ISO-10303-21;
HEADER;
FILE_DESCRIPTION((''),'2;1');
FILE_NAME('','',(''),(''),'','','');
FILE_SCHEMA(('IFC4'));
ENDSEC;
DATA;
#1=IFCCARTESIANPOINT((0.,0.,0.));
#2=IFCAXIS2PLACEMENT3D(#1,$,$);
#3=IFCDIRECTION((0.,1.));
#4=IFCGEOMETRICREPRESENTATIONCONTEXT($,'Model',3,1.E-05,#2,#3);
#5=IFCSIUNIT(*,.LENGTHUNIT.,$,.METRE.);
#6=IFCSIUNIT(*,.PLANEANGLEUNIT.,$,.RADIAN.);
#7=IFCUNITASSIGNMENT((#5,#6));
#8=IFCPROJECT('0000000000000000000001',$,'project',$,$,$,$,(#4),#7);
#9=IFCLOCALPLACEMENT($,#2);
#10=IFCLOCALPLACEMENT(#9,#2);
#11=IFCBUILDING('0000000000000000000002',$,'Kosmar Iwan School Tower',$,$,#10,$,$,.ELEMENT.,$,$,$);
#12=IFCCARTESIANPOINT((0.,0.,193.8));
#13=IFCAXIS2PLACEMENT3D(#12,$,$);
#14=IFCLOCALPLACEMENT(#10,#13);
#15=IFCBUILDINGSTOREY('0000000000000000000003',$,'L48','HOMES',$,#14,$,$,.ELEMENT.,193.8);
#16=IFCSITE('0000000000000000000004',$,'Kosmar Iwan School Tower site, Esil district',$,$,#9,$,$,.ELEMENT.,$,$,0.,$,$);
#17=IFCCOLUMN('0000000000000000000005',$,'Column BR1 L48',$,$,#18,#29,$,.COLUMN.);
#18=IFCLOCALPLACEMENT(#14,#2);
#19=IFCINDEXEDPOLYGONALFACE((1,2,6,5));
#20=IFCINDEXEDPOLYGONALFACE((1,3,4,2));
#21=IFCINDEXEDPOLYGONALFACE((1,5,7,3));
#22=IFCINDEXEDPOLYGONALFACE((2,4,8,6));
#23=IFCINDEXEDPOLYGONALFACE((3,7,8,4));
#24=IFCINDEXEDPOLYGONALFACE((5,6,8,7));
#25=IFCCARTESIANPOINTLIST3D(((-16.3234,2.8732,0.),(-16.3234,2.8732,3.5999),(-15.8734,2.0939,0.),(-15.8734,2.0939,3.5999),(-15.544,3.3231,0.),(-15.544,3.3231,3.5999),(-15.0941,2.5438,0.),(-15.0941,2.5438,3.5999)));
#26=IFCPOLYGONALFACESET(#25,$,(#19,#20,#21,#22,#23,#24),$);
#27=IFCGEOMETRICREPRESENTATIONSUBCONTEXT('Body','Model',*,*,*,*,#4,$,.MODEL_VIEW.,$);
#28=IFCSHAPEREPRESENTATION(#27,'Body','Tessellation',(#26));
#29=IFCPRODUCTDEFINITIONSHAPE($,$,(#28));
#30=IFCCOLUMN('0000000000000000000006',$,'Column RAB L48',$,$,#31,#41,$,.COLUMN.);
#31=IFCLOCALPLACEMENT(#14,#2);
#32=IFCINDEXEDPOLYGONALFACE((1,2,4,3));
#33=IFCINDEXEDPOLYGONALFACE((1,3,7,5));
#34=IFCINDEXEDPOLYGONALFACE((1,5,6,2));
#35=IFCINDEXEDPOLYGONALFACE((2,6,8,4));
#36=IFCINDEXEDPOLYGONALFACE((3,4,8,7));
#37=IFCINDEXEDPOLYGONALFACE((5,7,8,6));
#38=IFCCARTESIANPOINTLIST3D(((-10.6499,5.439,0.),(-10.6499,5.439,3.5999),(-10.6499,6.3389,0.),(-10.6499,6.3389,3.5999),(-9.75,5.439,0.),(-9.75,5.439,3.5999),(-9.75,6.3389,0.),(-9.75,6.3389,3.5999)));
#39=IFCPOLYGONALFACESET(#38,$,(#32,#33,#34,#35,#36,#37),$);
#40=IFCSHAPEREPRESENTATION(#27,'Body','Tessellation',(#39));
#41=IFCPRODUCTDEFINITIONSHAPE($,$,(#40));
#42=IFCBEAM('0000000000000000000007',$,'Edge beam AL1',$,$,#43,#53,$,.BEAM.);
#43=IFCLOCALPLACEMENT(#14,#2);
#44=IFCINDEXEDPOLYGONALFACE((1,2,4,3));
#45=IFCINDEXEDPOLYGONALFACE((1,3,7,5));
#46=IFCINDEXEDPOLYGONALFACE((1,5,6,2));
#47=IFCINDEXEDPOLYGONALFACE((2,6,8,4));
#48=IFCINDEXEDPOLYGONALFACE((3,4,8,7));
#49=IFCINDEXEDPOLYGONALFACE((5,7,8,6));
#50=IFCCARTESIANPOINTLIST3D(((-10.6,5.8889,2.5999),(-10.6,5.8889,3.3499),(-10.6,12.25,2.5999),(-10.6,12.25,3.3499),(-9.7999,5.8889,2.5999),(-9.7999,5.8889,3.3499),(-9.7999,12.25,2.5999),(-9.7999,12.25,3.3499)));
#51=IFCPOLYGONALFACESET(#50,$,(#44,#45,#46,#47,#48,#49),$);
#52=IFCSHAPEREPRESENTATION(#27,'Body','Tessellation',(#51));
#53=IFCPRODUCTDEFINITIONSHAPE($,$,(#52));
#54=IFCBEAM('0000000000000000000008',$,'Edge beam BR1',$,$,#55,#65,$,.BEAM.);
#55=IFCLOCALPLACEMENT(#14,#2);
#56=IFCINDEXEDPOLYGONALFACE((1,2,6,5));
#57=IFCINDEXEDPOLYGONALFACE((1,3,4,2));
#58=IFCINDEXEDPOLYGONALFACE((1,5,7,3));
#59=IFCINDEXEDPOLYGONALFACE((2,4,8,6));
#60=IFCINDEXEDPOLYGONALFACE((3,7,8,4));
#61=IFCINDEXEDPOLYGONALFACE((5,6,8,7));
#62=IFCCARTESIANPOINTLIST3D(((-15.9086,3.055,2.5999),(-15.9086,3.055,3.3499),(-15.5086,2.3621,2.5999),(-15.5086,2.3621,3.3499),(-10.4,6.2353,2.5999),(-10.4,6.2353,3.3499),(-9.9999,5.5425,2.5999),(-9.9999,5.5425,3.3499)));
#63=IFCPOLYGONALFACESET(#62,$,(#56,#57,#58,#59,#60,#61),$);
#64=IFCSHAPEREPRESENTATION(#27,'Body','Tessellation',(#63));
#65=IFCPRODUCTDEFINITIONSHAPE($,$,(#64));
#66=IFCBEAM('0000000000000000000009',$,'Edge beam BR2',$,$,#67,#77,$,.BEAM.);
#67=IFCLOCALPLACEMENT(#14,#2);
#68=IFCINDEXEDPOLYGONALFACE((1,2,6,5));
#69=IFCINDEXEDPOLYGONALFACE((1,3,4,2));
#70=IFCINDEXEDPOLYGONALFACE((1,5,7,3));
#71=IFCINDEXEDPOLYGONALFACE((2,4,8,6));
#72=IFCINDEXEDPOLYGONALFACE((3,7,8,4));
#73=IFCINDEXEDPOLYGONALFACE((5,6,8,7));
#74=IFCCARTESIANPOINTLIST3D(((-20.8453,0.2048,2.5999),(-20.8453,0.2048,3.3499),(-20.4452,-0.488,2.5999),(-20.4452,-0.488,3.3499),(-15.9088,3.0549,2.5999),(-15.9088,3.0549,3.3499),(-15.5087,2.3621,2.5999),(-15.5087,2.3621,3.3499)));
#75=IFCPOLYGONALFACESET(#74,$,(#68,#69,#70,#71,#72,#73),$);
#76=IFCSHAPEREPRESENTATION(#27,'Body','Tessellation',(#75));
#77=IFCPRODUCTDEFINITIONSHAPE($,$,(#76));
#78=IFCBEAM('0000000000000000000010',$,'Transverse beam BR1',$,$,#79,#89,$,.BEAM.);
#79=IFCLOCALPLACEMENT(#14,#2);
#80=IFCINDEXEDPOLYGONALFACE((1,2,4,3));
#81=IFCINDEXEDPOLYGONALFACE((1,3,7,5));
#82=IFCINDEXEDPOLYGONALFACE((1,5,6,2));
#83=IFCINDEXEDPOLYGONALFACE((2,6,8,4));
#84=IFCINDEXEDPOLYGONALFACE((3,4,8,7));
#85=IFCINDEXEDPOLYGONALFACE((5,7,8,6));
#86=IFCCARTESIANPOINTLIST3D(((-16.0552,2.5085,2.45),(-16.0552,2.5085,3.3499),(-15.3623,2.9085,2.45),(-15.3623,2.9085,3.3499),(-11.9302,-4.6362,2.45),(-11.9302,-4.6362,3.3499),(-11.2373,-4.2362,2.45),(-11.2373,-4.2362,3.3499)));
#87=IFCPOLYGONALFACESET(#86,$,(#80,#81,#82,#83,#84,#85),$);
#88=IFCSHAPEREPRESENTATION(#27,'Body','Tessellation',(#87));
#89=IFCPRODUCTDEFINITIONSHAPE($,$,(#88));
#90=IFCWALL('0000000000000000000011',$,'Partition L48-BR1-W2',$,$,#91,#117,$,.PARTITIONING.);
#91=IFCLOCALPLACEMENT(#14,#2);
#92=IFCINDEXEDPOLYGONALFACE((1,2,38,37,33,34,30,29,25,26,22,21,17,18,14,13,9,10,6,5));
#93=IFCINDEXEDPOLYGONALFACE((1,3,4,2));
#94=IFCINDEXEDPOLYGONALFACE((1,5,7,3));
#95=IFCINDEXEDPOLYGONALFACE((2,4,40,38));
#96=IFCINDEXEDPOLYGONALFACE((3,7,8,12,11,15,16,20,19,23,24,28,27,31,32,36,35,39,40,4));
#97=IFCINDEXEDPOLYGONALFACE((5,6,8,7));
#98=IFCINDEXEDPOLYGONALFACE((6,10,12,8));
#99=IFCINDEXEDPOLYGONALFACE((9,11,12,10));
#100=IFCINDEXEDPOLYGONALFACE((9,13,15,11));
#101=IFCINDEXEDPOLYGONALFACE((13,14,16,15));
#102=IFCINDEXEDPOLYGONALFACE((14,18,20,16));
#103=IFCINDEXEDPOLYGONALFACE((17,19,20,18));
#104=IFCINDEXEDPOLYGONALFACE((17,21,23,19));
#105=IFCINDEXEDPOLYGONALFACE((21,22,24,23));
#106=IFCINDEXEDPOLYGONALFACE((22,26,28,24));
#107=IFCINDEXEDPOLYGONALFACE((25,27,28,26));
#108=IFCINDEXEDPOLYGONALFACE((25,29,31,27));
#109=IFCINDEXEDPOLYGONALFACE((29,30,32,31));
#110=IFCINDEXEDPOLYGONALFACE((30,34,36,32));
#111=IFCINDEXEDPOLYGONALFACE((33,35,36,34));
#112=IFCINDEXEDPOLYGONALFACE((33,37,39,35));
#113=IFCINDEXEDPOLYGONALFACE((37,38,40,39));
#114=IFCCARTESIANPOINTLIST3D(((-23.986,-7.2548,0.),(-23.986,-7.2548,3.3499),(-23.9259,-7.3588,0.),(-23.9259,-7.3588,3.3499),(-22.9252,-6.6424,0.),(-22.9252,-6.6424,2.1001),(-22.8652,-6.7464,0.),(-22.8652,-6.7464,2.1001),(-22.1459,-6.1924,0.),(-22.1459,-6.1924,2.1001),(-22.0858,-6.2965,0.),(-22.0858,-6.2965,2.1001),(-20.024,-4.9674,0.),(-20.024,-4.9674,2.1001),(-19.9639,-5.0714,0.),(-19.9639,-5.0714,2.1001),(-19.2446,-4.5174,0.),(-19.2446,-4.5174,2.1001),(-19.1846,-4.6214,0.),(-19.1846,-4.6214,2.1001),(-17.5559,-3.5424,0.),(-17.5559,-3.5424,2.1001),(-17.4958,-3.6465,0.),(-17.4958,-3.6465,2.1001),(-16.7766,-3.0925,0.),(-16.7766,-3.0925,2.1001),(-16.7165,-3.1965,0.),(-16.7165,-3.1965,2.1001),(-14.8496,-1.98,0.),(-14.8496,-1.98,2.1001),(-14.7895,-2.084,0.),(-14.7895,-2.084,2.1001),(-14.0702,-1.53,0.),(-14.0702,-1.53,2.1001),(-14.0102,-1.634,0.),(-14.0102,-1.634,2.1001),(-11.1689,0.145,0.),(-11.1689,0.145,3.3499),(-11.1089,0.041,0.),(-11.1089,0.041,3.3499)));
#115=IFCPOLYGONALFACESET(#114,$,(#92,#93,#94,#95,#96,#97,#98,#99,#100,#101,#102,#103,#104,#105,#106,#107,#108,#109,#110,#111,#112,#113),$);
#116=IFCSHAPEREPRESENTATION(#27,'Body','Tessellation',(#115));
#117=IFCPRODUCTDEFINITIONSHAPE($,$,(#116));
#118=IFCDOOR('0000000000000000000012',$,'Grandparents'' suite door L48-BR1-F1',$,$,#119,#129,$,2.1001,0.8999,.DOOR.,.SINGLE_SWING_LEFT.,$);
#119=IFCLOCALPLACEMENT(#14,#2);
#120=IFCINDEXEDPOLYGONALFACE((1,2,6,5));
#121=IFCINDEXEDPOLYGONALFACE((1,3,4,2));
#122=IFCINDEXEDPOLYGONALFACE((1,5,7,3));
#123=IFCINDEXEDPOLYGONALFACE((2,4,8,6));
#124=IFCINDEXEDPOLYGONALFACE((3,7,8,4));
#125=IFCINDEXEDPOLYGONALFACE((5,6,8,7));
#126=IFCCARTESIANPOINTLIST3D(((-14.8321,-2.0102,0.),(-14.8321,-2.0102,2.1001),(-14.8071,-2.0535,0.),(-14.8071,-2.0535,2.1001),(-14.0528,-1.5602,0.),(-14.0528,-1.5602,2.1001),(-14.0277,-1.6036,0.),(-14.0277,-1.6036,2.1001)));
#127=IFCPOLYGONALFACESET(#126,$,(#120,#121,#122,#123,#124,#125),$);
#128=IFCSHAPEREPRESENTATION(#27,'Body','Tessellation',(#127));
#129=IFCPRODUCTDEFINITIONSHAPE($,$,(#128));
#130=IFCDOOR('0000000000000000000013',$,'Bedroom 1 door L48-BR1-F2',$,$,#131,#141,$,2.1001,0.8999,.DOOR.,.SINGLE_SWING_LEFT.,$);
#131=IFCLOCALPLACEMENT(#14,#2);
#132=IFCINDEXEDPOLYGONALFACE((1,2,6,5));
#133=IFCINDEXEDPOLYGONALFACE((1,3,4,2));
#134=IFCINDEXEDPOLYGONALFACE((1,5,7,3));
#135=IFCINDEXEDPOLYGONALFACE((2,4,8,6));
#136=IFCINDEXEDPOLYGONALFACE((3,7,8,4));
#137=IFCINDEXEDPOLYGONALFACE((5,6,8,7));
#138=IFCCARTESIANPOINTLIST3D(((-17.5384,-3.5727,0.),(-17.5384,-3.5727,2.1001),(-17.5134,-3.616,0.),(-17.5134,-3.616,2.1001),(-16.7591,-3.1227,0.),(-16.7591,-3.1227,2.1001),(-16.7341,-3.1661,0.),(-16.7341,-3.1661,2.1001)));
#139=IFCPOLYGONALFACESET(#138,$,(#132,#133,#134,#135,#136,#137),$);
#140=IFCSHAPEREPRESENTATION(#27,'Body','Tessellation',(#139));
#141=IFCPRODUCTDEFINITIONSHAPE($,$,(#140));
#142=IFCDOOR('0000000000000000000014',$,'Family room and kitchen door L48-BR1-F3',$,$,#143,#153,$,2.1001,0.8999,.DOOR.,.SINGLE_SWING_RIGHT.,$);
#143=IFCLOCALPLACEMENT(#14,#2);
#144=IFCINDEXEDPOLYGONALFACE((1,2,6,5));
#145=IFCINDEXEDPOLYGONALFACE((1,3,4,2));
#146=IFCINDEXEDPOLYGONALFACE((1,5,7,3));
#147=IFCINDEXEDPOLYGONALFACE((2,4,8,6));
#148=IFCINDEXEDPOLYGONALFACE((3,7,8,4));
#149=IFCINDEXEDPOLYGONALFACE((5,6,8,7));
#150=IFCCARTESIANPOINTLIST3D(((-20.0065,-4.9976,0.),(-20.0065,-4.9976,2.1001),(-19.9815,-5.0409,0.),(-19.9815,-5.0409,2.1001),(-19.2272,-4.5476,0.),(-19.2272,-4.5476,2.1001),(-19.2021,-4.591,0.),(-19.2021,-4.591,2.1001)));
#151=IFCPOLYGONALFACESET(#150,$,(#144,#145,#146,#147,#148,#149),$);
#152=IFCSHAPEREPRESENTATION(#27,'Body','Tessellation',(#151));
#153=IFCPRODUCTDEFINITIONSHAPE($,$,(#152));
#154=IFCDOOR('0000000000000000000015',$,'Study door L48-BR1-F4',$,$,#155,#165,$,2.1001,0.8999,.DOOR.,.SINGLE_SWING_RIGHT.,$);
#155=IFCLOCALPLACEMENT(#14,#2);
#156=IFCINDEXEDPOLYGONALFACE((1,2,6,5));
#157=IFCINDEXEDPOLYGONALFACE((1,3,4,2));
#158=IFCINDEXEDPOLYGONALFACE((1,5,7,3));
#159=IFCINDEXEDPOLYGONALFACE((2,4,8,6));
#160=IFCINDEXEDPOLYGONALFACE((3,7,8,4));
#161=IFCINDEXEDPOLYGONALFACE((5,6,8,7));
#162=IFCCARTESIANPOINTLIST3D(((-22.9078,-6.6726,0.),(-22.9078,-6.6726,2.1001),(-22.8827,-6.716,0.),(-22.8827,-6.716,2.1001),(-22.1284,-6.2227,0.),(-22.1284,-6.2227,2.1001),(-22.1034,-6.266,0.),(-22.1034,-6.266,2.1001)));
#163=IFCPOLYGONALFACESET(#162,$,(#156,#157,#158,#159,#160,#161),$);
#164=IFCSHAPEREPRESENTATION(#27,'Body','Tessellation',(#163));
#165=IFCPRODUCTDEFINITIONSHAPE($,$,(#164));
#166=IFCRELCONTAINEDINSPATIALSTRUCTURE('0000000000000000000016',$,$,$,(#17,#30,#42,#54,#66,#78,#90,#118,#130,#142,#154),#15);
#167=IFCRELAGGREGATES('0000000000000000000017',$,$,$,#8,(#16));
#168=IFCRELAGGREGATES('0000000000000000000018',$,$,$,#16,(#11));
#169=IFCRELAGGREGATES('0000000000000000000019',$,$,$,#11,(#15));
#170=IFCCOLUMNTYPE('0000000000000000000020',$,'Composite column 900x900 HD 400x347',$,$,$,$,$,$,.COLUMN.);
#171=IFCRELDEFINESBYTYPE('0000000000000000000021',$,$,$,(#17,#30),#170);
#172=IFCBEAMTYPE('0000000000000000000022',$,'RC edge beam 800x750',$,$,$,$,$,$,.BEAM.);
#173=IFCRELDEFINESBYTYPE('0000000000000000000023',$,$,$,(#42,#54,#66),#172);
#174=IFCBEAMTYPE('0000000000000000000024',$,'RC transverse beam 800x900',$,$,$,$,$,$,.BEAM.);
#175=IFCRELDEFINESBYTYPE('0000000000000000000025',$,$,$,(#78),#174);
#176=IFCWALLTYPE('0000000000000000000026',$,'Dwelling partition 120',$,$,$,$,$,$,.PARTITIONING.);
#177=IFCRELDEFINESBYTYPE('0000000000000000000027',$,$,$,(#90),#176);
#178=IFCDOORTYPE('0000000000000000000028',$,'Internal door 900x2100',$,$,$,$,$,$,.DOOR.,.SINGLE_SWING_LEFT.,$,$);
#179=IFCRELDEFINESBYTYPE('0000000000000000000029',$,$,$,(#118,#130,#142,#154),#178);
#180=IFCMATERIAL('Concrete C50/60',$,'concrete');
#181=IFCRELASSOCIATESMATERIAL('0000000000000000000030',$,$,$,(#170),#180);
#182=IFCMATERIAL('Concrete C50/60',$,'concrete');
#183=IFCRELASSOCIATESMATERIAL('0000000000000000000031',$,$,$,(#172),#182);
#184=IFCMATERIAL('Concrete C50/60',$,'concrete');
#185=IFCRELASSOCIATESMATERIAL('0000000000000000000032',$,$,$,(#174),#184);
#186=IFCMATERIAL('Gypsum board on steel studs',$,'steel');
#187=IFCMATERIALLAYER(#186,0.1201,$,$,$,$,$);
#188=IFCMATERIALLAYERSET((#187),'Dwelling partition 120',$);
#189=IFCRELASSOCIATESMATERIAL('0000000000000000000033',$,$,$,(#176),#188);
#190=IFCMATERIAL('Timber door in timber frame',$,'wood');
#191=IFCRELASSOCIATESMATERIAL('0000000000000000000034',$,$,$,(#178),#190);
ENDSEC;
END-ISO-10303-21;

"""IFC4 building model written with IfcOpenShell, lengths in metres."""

from ifc_helpers import new_model, si_unit, direction, frame, frame_2d, origin, origin_2d, place, context, subcontext, project, spatial, rectangle, extrude, material, layer, layer_set, material_profile, profile_set, type_object, element, fill, save


model = new_model("IFC4")

# Units and contexts
model_context = context("Model", 3, precision=1e-05, world=origin(), true_north=direction((0.0, 1.0)))
body_context = subcontext(model_context, "Body", "Model", "MODEL_VIEW")
ifc_project = project(units=[si_unit("LENGTHUNIT", "METRE"), si_unit("PLANEANGLEUNIT", "RADIAN")], contexts=[model_context])

# Site, building, storey
site_placement = place(None, origin())
site = spatial("IfcSite", under=ifc_project, at=site_placement, Name="Kosmar Iwan School Tower site, Esil district", CompositionType="ELEMENT", RefElevation=0.0)
building_placement = place(site_placement, origin())
building = spatial("IfcBuilding", under=site, at=building_placement, Name="Kosmar Iwan School Tower", CompositionType="ELEMENT")
storey_placement = place(building_placement, frame((0.0, 0.0, 193.8)))
storey = spatial("IfcBuildingStorey", under=building, at=storey_placement, Name="L48", Description="HOMES", CompositionType="ELEMENT", Elevation=193.8)

# Columns
ifc_material_1 = material(Name="Concrete C50/60", Category="concrete")
ifc_material_profile_1 = material_profile(ifc_material_1, rectangle(XDim=0.8999, YDim=0.8999, at=origin_2d()), Name="RC 900x900 + HD 400x347")
ifc_profile_set_1 = profile_set([ifc_material_profile_1], Name="Concrete C50/60")
column_type = type_object("IfcColumnType", Name="Composite column 900x900 HD 400x347", PredefinedType="COLUMN", material=ifc_profile_set_1)
for number, where, z_axis, x_axis, name in (
    (1, (-15.7087, 2.7085, 0.0), (0.0, 0.0, 1.0), (-0.866025, -0.5, 0.0), "Column BR1 L48"),
    (2, (-10.2, 5.8889, 0.0), (0.0, 0.0, 1.0), (1.0, 0.0, 0.0), "Column RAB L48"),
):
    element("IfcColumn", number, at=place(storey_placement, frame(where, z_axis=z_axis, x_axis=x_axis)), inside=storey, type_object=column_type, Name=name, PredefinedType="COLUMN", context=body_context, shape_type="SweptSolid", body=[
        extrude(rectangle(XDim=0.8999, YDim=0.8999, at=origin_2d()), origin(), (0.0, 0.0, 1.0), 3.5999),
    ])

# Beams
ifc_material_2 = material(Name="Concrete C50/60", Category="concrete")
ifc_material_profile_2 = material_profile(ifc_material_2, rectangle(XDim=0.8, YDim=0.75, at=origin_2d()), Name="RC 800x750")
ifc_profile_set_2 = profile_set([ifc_material_profile_2], Name="Concrete C50/60")
beam_type_1 = type_object("IfcBeamType", Name="RC edge beam 800x750", PredefinedType="BEAM", material=ifc_profile_set_2)
beam_1_placement = place(storey_placement, frame((-10.2, 5.8889, 2.9749), z_axis=(0.0, 1.0, 0.0), x_axis=(-1.0, 0.0, 0.0)))
element("IfcBeam", 3, at=beam_1_placement, inside=storey, type_object=beam_type_1, Name="Edge beam AL1", PredefinedType="BEAM", context=body_context, shape_type="SweptSolid", body=[
    extrude(rectangle(XDim=0.8, YDim=0.75, at=origin_2d()), origin(), (0.0, 0.0, 1.0), 6.3611),
])
beam_2_placement = place(storey_placement, frame((-10.2, 5.8889, 2.9749), z_axis=(-0.866031, -0.49999, 0.0), x_axis=(0.49999, -0.866031, 0.0)))
element("IfcBeam", 4, at=beam_2_placement, inside=storey, type_object=beam_type_1, Name="Edge beam BR1", PredefinedType="BEAM", context=body_context, shape_type="SweptSolid", body=[
    extrude(rectangle(XDim=0.8, YDim=0.75, at=origin_2d()), origin(), (0.0, 0.0, 1.0), 6.3608),
])
beam_3_placement = place(storey_placement, frame((-15.7087, 2.7085, 2.9749), z_axis=(-0.866026, -0.499999, 0.0), x_axis=(0.499999, -0.866026, 0.0)))
element("IfcBeam", 5, at=beam_3_placement, inside=storey, type_object=beam_type_1, Name="Edge beam BR2", PredefinedType="BEAM", context=body_context, shape_type="SweptSolid", body=[
    extrude(rectangle(XDim=0.8, YDim=0.75, at=origin_2d()), origin(), (0.0, 0.0, 1.0), 5.7002),
])
ifc_material_3 = material(Name="Concrete C50/60", Category="concrete")
ifc_material_profile_3 = material_profile(ifc_material_3, rectangle(XDim=0.8, YDim=0.8999, at=origin_2d()), Name="RC 800x900")
ifc_profile_set_3 = profile_set([ifc_material_profile_3], Name="Concrete C50/60")
beam_type_2 = type_object("IfcBeamType", Name="RC transverse beam 800x900", PredefinedType="BEAM", material=ifc_profile_set_3)
beam_4_placement = place(storey_placement, frame((-15.7087, 2.7085, 2.8999), z_axis=(0.499997, -0.866027, 0.0), x_axis=(0.866027, 0.499997, 0.0)))
element("IfcBeam", 6, at=beam_4_placement, inside=storey, type_object=beam_type_2, Name="Transverse beam BR1", PredefinedType="BEAM", context=body_context, shape_type="SweptSolid", body=[
    extrude(rectangle(XDim=0.8, YDim=0.8999, at=origin_2d()), origin(), (0.0, 0.0, 1.0), 8.25),
])

# Wall, openings, doors
ifc_material_4 = material(Name="Gypsum board on steel studs", Category="steel")
ifc_layer_1 = layer(ifc_material_4, 0.1201)
ifc_layer_set_1 = layer_set([ifc_layer_1], Name="Dwelling partition 120")
wall_type_1 = type_object("IfcWallType", Name="Dwelling partition 120", PredefinedType="PARTITIONING", material=ifc_layer_set_1)
wall_1_placement = place(storey_placement, frame((-11.1389, 0.093, 0.0), z_axis=(0.0, 0.0, 1.0), x_axis=(-0.866028, -0.499996, 0.0)))
wall_1 = element("IfcWall", 7, at=wall_1_placement, inside=storey, type_object=wall_type_1, Name="Partition L48-BR1-W2", PredefinedType="PARTITIONING", context=body_context, shape_type="SweptSolid", body=[
    extrude(rectangle(XDim=14.7998, YDim=0.1201, at=frame_2d((7.3999, 0.0))), origin(), (0.0, 0.0, 1.0), 3.3499),
])
opening_1_placement = place(wall_1_placement, frame((3.3501, 0.0, 0.0)))
opening_1 = element("IfcOpeningElement", 8, at=opening_1_placement, cuts=wall_1, PredefinedType="OPENING", context=body_context, shape_type="SweptSolid", body=[
    extrude(rectangle(XDim=0.8999, YDim=2.1001, at=frame_2d((0.45, 1.05))), frame((0.0, 0.072, 0.0), z_axis=(0.0, -1.0, 0.0), x_axis=(1.0, 0.0, 0.0)), (0.0, 0.0, 1.0), 0.144),
])
opening_2_placement = place(wall_1_placement, frame((6.4751, 0.0, 0.0)))
opening_2 = element("IfcOpeningElement", 9, at=opening_2_placement, cuts=wall_1, PredefinedType="OPENING", context=body_context, shape_type="SweptSolid", body=[
    extrude(rectangle(XDim=0.8999, YDim=2.1001, at=frame_2d((0.45, 1.05))), frame((0.0, 0.072, 0.0), z_axis=(0.0, -1.0, 0.0), x_axis=(1.0, 0.0, 0.0)), (0.0, 0.0, 1.0), 0.144),
])
opening_3_placement = place(wall_1_placement, frame((9.325, 0.0, 0.0)))
opening_3 = element("IfcOpeningElement", 10, at=opening_3_placement, cuts=wall_1, PredefinedType="OPENING", context=body_context, shape_type="SweptSolid", body=[
    extrude(rectangle(XDim=0.8999, YDim=2.1001, at=frame_2d((0.45, 1.05))), frame((0.0, 0.072, 0.0), z_axis=(0.0, -1.0, 0.0), x_axis=(1.0, 0.0, 0.0)), (0.0, 0.0, 1.0), 0.144),
])
opening_4_placement = place(wall_1_placement, frame((12.675, 0.0, 0.0)))
opening_4 = element("IfcOpeningElement", 11, at=opening_4_placement, cuts=wall_1, PredefinedType="OPENING", context=body_context, shape_type="SweptSolid", body=[
    extrude(rectangle(XDim=0.8999, YDim=2.1001, at=frame_2d((0.45, 1.05))), frame((0.0, 0.072, 0.0), z_axis=(0.0, -1.0, 0.0), x_axis=(1.0, 0.0, 0.0)), (0.0, 0.0, 1.0), 0.144),
])
ifc_material_5 = material(Name="Timber door in timber frame", Category="wood")
door_type = type_object("IfcDoorType", Name="Internal door 900x2100", OperationType="SINGLE_SWING_LEFT", PredefinedType="DOOR", material=ifc_material_5)
door_1_placement = place(opening_1_placement, origin())
door_1 = element("IfcDoor", 12, at=door_1_placement, inside=storey, type_object=door_type, Name="Grandparents' suite door L48-BR1-F1", OperationType="SINGLE_SWING_LEFT", OverallHeight=2.1001, OverallWidth=0.8999, PredefinedType="DOOR", context=body_context, shape_type="SweptSolid", body=[
    extrude(rectangle(XDim=0.8999, YDim=2.1001, at=frame_2d((0.45, 1.05))), frame((0.0, 0.0249, 0.0), z_axis=(0.0, -1.0, 0.0), x_axis=(1.0, 0.0, 0.0)), (0.0, 0.0, 1.0), 0.05),
])
fill(opening_1, door_1)
door_2_placement = place(opening_2_placement, origin())
door_2 = element("IfcDoor", 13, at=door_2_placement, inside=storey, type_object=door_type, Name="Bedroom 1 door L48-BR1-F2", OperationType="SINGLE_SWING_LEFT", OverallHeight=2.1001, OverallWidth=0.8999, PredefinedType="DOOR", context=body_context, shape_type="SweptSolid", body=[
    extrude(rectangle(XDim=0.8999, YDim=2.1001, at=frame_2d((0.45, 1.05))), frame((0.0, 0.0249, 0.0), z_axis=(0.0, -1.0, 0.0), x_axis=(1.0, 0.0, 0.0)), (0.0, 0.0, 1.0), 0.05),
])
fill(opening_2, door_2)
door_3_placement = place(opening_3_placement, origin())
door_3 = element("IfcDoor", 14, at=door_3_placement, inside=storey, type_object=door_type, Name="Family room and kitchen door L48-BR1-F3", OperationType="SINGLE_SWING_RIGHT", OverallHeight=2.1001, OverallWidth=0.8999, PredefinedType="DOOR", context=body_context, shape_type="SweptSolid", body=[
    extrude(rectangle(XDim=0.8999, YDim=2.1001, at=frame_2d((0.45, 1.05))), frame((0.0, 0.0249, 0.0), z_axis=(0.0, -1.0, 0.0), x_axis=(1.0, 0.0, 0.0)), (0.0, 0.0, 1.0), 0.05),
])
fill(opening_3, door_3)
door_4_placement = place(opening_4_placement, origin())
door_4 = element("IfcDoor", 15, at=door_4_placement, inside=storey, type_object=door_type, Name="Study door L48-BR1-F4", OperationType="SINGLE_SWING_RIGHT", OverallHeight=2.1001, OverallWidth=0.8999, PredefinedType="DOOR", context=body_context, shape_type="SweptSolid", body=[
    extrude(rectangle(XDim=0.8999, YDim=2.1001, at=frame_2d((0.45, 1.05))), frame((0.0, 0.0249, 0.0), z_axis=(0.0, -1.0, 0.0), x_axis=(1.0, 0.0, 0.0)), (0.0, 0.0, 1.0), 0.05),
])
fill(opening_4, door_4)

save(model, "model.ifc")
